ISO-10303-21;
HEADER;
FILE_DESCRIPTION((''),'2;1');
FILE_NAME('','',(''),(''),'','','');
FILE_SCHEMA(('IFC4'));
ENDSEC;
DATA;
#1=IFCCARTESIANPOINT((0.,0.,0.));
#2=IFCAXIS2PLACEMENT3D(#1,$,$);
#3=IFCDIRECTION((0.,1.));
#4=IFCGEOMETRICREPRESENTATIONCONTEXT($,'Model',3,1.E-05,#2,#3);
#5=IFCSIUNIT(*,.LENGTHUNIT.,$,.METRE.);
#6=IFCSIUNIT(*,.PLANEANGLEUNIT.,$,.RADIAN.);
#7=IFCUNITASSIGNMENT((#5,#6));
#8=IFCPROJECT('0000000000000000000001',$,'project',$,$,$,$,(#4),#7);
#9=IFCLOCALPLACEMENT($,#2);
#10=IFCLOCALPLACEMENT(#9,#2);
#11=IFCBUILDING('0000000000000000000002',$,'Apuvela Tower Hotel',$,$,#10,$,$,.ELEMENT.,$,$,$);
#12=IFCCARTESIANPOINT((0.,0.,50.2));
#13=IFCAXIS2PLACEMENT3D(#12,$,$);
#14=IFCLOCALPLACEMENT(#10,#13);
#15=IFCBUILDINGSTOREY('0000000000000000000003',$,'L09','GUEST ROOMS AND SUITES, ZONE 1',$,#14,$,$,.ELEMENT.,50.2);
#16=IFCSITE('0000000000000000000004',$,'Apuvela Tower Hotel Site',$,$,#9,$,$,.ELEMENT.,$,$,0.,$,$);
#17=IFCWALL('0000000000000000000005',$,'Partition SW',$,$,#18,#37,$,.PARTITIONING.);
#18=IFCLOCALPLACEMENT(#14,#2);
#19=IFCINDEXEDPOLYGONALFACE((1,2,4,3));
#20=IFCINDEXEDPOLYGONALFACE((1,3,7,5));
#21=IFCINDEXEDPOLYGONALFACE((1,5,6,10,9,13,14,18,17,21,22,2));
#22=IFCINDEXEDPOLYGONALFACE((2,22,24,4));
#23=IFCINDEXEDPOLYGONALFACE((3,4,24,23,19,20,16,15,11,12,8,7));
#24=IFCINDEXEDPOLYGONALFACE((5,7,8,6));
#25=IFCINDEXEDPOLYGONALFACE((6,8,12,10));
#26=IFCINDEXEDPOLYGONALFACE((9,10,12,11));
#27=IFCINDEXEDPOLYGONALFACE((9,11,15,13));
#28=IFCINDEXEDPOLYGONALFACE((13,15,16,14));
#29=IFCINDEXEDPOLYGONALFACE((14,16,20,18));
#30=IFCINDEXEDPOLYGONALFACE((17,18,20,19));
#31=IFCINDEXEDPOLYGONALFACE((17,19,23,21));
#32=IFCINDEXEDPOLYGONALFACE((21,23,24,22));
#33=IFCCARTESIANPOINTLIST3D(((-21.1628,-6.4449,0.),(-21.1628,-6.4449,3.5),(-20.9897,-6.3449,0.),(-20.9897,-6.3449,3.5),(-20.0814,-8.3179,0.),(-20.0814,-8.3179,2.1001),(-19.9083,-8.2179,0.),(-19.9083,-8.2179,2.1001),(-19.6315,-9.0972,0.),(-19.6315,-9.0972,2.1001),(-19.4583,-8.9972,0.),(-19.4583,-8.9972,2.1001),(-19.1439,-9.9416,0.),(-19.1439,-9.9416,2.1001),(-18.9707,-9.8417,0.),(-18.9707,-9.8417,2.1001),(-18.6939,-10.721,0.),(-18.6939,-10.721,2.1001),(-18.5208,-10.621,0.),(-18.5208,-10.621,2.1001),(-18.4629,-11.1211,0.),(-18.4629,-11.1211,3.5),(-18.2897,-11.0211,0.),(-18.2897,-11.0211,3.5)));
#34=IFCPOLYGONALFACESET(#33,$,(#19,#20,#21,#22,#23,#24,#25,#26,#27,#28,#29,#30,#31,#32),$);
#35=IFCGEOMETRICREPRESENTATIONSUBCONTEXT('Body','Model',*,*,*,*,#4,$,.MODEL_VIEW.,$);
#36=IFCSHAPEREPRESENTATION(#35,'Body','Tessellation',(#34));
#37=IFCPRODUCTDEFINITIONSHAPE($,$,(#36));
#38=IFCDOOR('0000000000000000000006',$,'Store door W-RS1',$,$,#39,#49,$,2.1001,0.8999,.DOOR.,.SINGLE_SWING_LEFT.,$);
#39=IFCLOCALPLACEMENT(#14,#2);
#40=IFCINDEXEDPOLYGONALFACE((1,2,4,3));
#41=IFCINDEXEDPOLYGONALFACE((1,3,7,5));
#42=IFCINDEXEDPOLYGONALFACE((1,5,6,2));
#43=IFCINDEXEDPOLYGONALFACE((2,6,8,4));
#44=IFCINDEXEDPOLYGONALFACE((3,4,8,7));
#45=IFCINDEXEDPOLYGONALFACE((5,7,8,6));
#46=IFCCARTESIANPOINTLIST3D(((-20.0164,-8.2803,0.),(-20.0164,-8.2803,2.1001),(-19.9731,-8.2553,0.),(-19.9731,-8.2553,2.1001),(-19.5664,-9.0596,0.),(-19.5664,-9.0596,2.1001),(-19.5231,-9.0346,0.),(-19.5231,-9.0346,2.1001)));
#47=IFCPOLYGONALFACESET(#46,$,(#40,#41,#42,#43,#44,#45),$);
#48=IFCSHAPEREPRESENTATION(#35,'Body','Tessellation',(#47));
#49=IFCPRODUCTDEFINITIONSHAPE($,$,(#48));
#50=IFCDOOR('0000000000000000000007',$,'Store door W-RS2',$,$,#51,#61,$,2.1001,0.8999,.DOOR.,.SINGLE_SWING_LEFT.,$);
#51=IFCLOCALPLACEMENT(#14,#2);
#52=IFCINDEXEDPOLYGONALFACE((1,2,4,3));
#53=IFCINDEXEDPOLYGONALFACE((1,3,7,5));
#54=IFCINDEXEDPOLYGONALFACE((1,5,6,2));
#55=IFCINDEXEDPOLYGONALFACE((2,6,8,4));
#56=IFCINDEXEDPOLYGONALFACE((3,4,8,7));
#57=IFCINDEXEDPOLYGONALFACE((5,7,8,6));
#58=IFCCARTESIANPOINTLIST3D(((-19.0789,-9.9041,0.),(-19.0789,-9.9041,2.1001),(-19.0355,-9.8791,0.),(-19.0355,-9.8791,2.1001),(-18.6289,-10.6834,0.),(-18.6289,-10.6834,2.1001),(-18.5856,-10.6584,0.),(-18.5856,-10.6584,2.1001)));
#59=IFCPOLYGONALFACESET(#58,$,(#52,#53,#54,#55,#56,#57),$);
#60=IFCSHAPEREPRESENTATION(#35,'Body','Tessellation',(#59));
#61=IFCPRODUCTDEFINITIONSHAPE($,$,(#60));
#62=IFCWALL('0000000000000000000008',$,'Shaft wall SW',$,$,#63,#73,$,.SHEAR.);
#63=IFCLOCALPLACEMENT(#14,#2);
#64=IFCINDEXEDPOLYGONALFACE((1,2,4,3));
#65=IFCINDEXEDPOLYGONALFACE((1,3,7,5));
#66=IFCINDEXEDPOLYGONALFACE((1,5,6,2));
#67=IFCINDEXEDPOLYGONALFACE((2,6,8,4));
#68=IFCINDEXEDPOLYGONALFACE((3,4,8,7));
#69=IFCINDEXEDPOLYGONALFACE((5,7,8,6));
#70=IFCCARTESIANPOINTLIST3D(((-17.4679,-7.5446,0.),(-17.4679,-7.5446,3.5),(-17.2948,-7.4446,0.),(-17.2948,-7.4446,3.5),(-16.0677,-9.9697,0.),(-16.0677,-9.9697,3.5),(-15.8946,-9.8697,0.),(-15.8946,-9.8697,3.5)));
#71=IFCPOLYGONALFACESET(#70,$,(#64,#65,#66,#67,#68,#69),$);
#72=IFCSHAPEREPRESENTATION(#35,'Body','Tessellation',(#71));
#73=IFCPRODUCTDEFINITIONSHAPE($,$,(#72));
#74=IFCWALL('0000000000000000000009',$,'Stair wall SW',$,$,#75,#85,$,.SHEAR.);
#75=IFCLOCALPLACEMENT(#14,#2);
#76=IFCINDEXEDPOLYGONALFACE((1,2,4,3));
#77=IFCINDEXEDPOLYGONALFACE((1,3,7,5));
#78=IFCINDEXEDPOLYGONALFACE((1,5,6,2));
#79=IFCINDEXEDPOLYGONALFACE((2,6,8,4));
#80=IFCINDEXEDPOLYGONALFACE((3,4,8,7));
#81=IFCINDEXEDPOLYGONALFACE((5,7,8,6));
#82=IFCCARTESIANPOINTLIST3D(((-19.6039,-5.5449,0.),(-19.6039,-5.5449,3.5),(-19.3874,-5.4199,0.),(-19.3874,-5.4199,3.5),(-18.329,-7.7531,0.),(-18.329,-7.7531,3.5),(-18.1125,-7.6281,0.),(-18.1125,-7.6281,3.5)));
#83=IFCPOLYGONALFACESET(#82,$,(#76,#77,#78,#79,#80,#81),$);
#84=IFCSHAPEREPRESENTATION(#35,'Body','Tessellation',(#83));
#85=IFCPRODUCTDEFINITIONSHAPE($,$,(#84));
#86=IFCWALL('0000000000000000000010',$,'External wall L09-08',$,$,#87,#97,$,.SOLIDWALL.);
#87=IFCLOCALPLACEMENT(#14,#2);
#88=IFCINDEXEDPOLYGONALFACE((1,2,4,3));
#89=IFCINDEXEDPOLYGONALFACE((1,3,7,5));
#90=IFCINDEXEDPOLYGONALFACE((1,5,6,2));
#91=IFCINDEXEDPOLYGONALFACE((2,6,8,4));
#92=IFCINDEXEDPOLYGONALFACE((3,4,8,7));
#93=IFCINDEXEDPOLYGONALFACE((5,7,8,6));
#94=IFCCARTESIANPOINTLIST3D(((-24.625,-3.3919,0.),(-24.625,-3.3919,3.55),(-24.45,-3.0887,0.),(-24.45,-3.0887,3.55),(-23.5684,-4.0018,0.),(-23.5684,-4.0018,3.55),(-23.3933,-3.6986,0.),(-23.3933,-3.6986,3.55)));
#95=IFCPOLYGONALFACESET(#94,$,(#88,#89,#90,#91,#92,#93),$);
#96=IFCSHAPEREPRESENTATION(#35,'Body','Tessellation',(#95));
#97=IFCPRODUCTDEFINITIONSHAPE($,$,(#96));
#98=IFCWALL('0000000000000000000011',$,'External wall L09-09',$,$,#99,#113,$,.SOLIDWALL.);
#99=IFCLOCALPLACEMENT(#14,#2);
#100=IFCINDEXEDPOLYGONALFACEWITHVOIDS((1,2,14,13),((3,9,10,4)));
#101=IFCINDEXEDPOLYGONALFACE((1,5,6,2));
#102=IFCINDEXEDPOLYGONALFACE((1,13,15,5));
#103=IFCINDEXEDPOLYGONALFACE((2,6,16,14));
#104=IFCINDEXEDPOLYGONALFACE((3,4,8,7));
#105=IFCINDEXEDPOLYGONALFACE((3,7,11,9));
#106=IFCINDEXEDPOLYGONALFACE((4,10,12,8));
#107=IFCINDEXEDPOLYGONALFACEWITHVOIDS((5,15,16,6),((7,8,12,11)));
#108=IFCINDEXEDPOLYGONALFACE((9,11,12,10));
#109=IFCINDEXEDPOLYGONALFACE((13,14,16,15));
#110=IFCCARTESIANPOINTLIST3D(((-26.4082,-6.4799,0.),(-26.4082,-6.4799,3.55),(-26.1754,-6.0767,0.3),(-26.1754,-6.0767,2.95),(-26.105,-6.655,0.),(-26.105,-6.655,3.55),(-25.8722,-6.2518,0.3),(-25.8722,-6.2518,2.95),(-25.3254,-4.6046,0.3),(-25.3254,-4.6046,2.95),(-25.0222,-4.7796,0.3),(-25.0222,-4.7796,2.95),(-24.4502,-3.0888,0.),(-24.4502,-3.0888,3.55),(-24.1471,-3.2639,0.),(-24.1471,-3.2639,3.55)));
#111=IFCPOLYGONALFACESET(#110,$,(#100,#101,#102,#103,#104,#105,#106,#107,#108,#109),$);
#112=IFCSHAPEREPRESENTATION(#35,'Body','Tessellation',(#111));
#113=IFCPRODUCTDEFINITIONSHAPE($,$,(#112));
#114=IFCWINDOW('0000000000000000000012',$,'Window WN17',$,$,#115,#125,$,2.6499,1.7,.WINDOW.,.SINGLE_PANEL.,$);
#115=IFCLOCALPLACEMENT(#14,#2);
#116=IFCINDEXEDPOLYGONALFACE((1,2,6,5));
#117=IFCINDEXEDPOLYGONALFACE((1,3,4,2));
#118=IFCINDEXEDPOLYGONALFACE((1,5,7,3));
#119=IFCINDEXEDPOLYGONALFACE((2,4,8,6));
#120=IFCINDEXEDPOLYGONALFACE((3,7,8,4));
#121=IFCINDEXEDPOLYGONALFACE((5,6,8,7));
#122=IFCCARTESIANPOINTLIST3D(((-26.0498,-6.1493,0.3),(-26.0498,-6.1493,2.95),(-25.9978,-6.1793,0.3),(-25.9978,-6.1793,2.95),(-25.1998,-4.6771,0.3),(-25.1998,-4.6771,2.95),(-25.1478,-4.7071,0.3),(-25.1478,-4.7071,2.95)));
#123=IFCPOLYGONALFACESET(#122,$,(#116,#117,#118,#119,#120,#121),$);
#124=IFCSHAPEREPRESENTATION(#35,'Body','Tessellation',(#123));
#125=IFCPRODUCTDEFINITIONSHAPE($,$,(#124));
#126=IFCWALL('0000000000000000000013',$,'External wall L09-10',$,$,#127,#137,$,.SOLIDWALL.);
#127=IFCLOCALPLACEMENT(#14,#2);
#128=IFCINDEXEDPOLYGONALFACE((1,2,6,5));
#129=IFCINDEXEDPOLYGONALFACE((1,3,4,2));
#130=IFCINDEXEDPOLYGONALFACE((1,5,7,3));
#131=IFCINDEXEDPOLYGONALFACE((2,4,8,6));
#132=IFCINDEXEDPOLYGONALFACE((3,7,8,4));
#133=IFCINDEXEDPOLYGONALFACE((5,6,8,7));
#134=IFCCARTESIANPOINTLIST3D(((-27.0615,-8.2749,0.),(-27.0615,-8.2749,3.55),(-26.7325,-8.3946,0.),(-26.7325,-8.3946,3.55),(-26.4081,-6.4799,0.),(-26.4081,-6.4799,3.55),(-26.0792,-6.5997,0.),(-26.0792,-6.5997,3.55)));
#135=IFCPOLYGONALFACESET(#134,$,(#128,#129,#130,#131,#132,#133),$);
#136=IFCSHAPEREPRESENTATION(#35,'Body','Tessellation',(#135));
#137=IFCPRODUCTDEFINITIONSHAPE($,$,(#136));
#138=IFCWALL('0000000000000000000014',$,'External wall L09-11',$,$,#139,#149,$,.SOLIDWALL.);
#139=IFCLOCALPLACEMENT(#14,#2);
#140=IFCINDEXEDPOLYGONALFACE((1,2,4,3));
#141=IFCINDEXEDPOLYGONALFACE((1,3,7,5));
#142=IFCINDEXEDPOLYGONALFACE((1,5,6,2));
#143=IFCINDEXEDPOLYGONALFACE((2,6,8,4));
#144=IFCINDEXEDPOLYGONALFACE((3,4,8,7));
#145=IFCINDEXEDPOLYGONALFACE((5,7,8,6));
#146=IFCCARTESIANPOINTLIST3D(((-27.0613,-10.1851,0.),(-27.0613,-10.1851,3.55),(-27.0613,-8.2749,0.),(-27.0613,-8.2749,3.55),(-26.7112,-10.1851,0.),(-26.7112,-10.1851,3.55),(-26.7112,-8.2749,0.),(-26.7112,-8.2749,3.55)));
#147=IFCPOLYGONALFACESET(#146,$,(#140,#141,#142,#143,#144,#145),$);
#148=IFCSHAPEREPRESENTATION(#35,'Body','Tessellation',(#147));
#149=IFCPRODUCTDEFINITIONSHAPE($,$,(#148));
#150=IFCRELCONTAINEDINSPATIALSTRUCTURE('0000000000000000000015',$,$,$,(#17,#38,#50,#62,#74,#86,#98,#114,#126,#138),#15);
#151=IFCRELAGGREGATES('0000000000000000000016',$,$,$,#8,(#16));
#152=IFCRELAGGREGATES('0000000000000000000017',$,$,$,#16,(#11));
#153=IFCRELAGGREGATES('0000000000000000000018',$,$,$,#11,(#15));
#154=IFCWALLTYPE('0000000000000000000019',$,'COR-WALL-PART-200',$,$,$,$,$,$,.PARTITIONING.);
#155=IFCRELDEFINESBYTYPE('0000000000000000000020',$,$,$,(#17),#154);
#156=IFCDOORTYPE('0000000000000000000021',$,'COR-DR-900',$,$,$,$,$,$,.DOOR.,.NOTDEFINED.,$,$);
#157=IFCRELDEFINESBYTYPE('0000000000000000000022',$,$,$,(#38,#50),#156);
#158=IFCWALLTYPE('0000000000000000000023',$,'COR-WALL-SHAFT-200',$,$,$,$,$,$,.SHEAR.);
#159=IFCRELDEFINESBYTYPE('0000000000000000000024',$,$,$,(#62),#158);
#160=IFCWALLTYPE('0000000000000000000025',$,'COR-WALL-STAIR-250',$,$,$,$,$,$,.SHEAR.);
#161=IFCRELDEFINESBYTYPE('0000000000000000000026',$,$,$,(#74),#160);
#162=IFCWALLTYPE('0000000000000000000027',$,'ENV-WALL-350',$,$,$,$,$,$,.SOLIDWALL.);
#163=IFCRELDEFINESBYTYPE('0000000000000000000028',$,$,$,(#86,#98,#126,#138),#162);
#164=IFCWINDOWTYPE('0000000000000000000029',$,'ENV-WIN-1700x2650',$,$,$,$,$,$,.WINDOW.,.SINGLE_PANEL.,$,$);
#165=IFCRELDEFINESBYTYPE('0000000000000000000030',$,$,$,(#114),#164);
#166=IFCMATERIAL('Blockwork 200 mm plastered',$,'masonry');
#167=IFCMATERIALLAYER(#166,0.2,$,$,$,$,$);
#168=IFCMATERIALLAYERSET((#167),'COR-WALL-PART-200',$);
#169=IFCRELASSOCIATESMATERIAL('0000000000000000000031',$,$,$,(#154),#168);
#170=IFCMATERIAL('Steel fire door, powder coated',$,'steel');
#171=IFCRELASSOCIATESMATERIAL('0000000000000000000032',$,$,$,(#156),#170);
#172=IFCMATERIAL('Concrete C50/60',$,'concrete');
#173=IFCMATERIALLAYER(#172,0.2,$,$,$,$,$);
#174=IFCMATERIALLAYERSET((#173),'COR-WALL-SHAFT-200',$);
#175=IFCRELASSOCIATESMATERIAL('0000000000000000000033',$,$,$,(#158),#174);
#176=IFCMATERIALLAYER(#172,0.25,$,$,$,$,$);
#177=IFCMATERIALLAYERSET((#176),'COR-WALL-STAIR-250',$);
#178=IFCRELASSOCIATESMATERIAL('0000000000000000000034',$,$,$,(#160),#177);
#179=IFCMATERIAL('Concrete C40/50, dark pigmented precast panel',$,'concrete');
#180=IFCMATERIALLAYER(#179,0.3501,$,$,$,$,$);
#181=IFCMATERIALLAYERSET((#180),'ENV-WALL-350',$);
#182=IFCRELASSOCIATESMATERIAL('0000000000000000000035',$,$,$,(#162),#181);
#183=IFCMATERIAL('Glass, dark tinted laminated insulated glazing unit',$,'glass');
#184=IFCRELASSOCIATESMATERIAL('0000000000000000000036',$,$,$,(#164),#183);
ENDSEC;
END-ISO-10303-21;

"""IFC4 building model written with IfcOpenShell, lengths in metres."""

from ifc_helpers import new_model, si_unit, direction, frame, frame_2d, origin, place, context, subcontext, project, spatial, rectangle, extrude, material, layer, layer_set, type_object, element, fill, save


model = new_model("IFC4")

# Units and contexts
model_context = context("Model", 3, precision=1e-05, world=origin(), true_north=direction((0.0, 1.0)))
body_context = subcontext(model_context, "Body", "Model", "MODEL_VIEW")
ifc_project = project(units=[si_unit("LENGTHUNIT", "METRE"), si_unit("PLANEANGLEUNIT", "RADIAN")], contexts=[model_context])

# Site, building, storey
site_placement = place(None, origin())
site = spatial("IfcSite", under=ifc_project, at=site_placement, Name="Apuvela Tower Hotel Site", CompositionType="ELEMENT", RefElevation=0.0)
building_placement = place(site_placement, origin())
building = spatial("IfcBuilding", under=site, at=building_placement, Name="Apuvela Tower Hotel", CompositionType="ELEMENT")
storey_placement = place(building_placement, frame((0.0, 0.0, 50.2)))
storey = spatial("IfcBuildingStorey", under=building, at=storey_placement, Name="L09", Description="GUEST ROOMS AND SUITES, ZONE 1", CompositionType="ELEMENT", Elevation=50.2)

# Wall, openings, doors
ifc_material_1 = material(Name="Blockwork 200 mm plastered", Category="masonry")
ifc_layer_1 = layer(ifc_material_1, 0.2)
ifc_layer_set_1 = layer_set([ifc_layer_1], Name="COR-WALL-PART-200")
wall_type_1 = type_object("IfcWallType", Name="COR-WALL-PART-200", PredefinedType="PARTITIONING", material=ifc_layer_set_1)
wall_1_placement = place(storey_placement, frame((-21.0762, -6.395, 0.0), z_axis=(0.0, 0.0, 1.0), x_axis=(0.500015, -0.866017, 0.0)))
wall_1 = element("IfcWall", 1, at=wall_1_placement, inside=storey, type_object=wall_type_1, Name="Partition SW", PredefinedType="PARTITIONING", context=body_context, shape_type="SweptSolid", body=[
    extrude(rectangle(XDim=5.3997, YDim=0.2, at=frame_2d((2.6997, 0.0))), origin(), (0.0, 0.0, 1.0), 3.5),
])
opening_1_placement = place(wall_1_placement, frame((2.1626, 0.0, 0.0)))
opening_1 = element("IfcOpeningElement", 2, at=opening_1_placement, cuts=wall_1, PredefinedType="OPENING", context=body_context, shape_type="SweptSolid", body=[
    extrude(rectangle(XDim=0.8999, YDim=2.1001, at=frame_2d((0.45, 1.05))), frame((0.0, 0.1099, 0.0), z_axis=(0.0, -1.0, 0.0), x_axis=(1.0, 0.0, 0.0)), (0.0, 0.0, 1.0), 0.22),
])
opening_2_placement = place(wall_1_placement, frame((4.0376, 0.0, 0.0)))
opening_2 = element("IfcOpeningElement", 3, at=opening_2_placement, cuts=wall_1, PredefinedType="OPENING", context=body_context, shape_type="SweptSolid", body=[
    extrude(rectangle(XDim=0.8999, YDim=2.1001, at=frame_2d((0.45, 1.05))), frame((0.0, 0.1099, 0.0), z_axis=(0.0, -1.0, 0.0), x_axis=(1.0, 0.0, 0.0)), (0.0, 0.0, 1.0), 0.22),
])
ifc_material_2 = material(Name="Steel fire door, powder coated", Category="steel")
door_type_1 = type_object("IfcDoorType", Name="COR-DR-900", OperationType="NOTDEFINED", PredefinedType="DOOR", material=ifc_material_2)
door_1_placement = place(opening_1_placement, frame((0.8999, 0.0, 0.0), z_axis=(0.0, 0.0, 1.0), x_axis=(-1.0, 0.0, 0.0)))
door_1 = element("IfcDoor", 4, at=door_1_placement, inside=storey, type_object=door_type_1, Name="Store door W-RS1", OperationType="SINGLE_SWING_LEFT", OverallHeight=2.1001, OverallWidth=0.8999, PredefinedType="DOOR", context=body_context, shape_type="SweptSolid", body=[
    extrude(rectangle(XDim=0.8999, YDim=2.1001, at=frame_2d((0.45, 1.05))), frame((0.0, 0.0249, 0.0), z_axis=(0.0, -1.0, 0.0), x_axis=(1.0, 0.0, 0.0)), (0.0, 0.0, 1.0), 0.05),
])
fill(opening_1, door_1)
door_2_placement = place(opening_2_placement, frame((0.8999, 0.0, 0.0), z_axis=(0.0, 0.0, 1.0), x_axis=(-1.0, 0.0, 0.0)))
door_2 = element("IfcDoor", 5, at=door_2_placement, inside=storey, type_object=door_type_1, Name="Store door W-RS2", OperationType="SINGLE_SWING_LEFT", OverallHeight=2.1001, OverallWidth=0.8999, PredefinedType="DOOR", context=body_context, shape_type="SweptSolid", body=[
    extrude(rectangle(XDim=0.8999, YDim=2.1001, at=frame_2d((0.45, 1.05))), frame((0.0, 0.0249, 0.0), z_axis=(0.0, -1.0, 0.0), x_axis=(1.0, 0.0, 0.0)), (0.0, 0.0, 1.0), 0.05),
])
fill(opening_2, door_2)

# Walls
ifc_material_3 = material(Name="Concrete C50/60", Category="concrete")
ifc_layer_2 = layer(ifc_material_3, 0.2)
ifc_layer_set_2 = layer_set([ifc_layer_2], Name="COR-WALL-SHAFT-200")
wall_type_2 = type_object("IfcWallType", Name="COR-WALL-SHAFT-200", PredefinedType="SHEAR", material=ifc_layer_set_2)
wall_2_placement = place(storey_placement, frame((-17.3813, -7.4946, 0.0), z_axis=(0.0, 0.0, 1.0), x_axis=(0.500012, -0.866019, 0.0)))
element("IfcWall", 6, at=wall_2_placement, inside=storey, type_object=wall_type_2, Name="Shaft wall SW", PredefinedType="SHEAR", context=body_context, shape_type="SweptSolid", body=[
    extrude(rectangle(XDim=2.8003, YDim=0.2, at=frame_2d((1.4001, 0.0))), origin(), (0.0, 0.0, 1.0), 3.5),
])
ifc_layer_3 = layer(ifc_material_3, 0.25)
ifc_layer_set_3 = layer_set([ifc_layer_3], Name="COR-WALL-STAIR-250")
wall_type_3 = type_object("IfcWallType", Name="COR-WALL-STAIR-250", PredefinedType="SHEAR", material=ifc_layer_set_3)
wall_3_placement = place(storey_placement, frame((-19.4956, -5.4824, 0.0), z_axis=(0.0, 0.0, 1.0), x_axis=(0.49999, -0.866031, 0.0)))
element("IfcWall", 7, at=wall_3_placement, inside=storey, type_object=wall_type_3, Name="Stair wall SW", PredefinedType="SHEAR", context=body_context, shape_type="SweptSolid", body=[
    extrude(rectangle(XDim=2.5498, YDim=0.25, at=frame_2d((1.2749, 0.0))), origin(), (0.0, 0.0, 1.0), 3.5),
])
ifc_material_4 = material(Name="Concrete C40/50, dark pigmented precast panel", Category="concrete")
ifc_layer_4 = layer(ifc_material_4, 0.3501)
ifc_layer_set_4 = layer_set([ifc_layer_4], Name="ENV-WALL-350")
wall_type_4 = type_object("IfcWallType", Name="ENV-WALL-350", PredefinedType="SOLIDWALL", material=ifc_layer_set_4)
wall_4_placement = place(storey_placement, frame((-23.481, -3.8501, 0.0), z_axis=(0.0, 0.0, 1.0), x_axis=(-0.866092, 0.499884, 0.0)))
element("IfcWall", 8, at=wall_4_placement, inside=storey, type_object=wall_type_4, Name="External wall L09-08", PredefinedType="SOLIDWALL", context=body_context, shape_type="SweptSolid", body=[
    extrude(rectangle(XDim=1.22, YDim=0.3501, at=frame_2d((0.6099, 0.0))), origin(), (0.0, 0.0, 1.0), 3.55),
])

# Wall, opening, window
wall_5_placement = place(storey_placement, frame((-24.2986, -3.1763, 0.0), z_axis=(0.0, 0.0, 1.0), x_axis=(-0.500028, -0.866009, 0.0)))
wall_5 = element("IfcWall", 9, at=wall_5_placement, inside=storey, type_object=wall_type_4, Name="External wall L09-09", PredefinedType="SOLIDWALL", context=body_context, shape_type="SweptSolid", body=[
    extrude(rectangle(XDim=3.9158, YDim=0.3501, at=frame_2d((1.958, 0.0))), origin(), (0.0, 0.0, 1.0), 3.55),
])
opening_3_placement = place(wall_5_placement, frame((1.7502, 0.0, 0.3)))
opening_3 = element("IfcOpeningElement", 10, at=opening_3_placement, cuts=wall_5, PredefinedType="OPENING", context=body_context, shape_type="SweptSolid", body=[
    extrude(rectangle(XDim=1.7, YDim=2.6499, at=frame_2d((0.8501, 1.325))), frame((0.0, 0.1851, 0.0), z_axis=(0.0, -1.0, 0.0), x_axis=(1.0, 0.0, 0.0)), (0.0, 0.0, 1.0), 0.3701),
])
ifc_material_5 = material(Name="Glass, dark tinted laminated insulated glazing unit", Category="glass")
window_type = type_object("IfcWindowType", Name="ENV-WIN-1700x2650", PartitioningType="SINGLE_PANEL", PredefinedType="WINDOW", material=ifc_material_5)
window_placement = place(opening_3_placement, origin())
window = element("IfcWindow", 11, at=window_placement, inside=storey, type_object=window_type, Name="Window WN17", OverallHeight=2.6499, OverallWidth=1.7, PartitioningType="SINGLE_PANEL", PredefinedType="WINDOW", context=body_context, shape_type="SweptSolid", body=[
    extrude(rectangle(XDim=1.7, YDim=2.6499, at=frame_2d((0.8501, 1.325))), frame((0.0, 0.03, 0.0), z_axis=(0.0, -1.0, 0.0), x_axis=(1.0, 0.0, 0.0)), (0.0, 0.0, 1.0), 0.0601),
])
fill(opening_3, window)

# Walls
for number, where, z_axis, x_axis, name in (
    (12, (-26.2437, -6.5398, 0.0), (0.0, 0.0, 1.0), (-0.34203, -0.939689, 0.0), "External wall L09-10"),
    (13, (-26.8862, -8.2749, 0.0), (0.0, 0.0, 1.0), (0.0, -1.0, 0.0), "External wall L09-11"),
):
    element("IfcWall", number, at=place(storey_placement, frame(where, z_axis=z_axis, x_axis=x_axis)), inside=storey, type_object=wall_type_4, Name=name, PredefinedType="SOLIDWALL", context=body_context, shape_type="SweptSolid", body=[
        extrude(rectangle(XDim=1.9102, YDim=0.3501, at=frame_2d((0.9551, 0.0))), origin(), (0.0, 0.0, 1.0), 3.55),
    ])

save(model, "model.ifc")
